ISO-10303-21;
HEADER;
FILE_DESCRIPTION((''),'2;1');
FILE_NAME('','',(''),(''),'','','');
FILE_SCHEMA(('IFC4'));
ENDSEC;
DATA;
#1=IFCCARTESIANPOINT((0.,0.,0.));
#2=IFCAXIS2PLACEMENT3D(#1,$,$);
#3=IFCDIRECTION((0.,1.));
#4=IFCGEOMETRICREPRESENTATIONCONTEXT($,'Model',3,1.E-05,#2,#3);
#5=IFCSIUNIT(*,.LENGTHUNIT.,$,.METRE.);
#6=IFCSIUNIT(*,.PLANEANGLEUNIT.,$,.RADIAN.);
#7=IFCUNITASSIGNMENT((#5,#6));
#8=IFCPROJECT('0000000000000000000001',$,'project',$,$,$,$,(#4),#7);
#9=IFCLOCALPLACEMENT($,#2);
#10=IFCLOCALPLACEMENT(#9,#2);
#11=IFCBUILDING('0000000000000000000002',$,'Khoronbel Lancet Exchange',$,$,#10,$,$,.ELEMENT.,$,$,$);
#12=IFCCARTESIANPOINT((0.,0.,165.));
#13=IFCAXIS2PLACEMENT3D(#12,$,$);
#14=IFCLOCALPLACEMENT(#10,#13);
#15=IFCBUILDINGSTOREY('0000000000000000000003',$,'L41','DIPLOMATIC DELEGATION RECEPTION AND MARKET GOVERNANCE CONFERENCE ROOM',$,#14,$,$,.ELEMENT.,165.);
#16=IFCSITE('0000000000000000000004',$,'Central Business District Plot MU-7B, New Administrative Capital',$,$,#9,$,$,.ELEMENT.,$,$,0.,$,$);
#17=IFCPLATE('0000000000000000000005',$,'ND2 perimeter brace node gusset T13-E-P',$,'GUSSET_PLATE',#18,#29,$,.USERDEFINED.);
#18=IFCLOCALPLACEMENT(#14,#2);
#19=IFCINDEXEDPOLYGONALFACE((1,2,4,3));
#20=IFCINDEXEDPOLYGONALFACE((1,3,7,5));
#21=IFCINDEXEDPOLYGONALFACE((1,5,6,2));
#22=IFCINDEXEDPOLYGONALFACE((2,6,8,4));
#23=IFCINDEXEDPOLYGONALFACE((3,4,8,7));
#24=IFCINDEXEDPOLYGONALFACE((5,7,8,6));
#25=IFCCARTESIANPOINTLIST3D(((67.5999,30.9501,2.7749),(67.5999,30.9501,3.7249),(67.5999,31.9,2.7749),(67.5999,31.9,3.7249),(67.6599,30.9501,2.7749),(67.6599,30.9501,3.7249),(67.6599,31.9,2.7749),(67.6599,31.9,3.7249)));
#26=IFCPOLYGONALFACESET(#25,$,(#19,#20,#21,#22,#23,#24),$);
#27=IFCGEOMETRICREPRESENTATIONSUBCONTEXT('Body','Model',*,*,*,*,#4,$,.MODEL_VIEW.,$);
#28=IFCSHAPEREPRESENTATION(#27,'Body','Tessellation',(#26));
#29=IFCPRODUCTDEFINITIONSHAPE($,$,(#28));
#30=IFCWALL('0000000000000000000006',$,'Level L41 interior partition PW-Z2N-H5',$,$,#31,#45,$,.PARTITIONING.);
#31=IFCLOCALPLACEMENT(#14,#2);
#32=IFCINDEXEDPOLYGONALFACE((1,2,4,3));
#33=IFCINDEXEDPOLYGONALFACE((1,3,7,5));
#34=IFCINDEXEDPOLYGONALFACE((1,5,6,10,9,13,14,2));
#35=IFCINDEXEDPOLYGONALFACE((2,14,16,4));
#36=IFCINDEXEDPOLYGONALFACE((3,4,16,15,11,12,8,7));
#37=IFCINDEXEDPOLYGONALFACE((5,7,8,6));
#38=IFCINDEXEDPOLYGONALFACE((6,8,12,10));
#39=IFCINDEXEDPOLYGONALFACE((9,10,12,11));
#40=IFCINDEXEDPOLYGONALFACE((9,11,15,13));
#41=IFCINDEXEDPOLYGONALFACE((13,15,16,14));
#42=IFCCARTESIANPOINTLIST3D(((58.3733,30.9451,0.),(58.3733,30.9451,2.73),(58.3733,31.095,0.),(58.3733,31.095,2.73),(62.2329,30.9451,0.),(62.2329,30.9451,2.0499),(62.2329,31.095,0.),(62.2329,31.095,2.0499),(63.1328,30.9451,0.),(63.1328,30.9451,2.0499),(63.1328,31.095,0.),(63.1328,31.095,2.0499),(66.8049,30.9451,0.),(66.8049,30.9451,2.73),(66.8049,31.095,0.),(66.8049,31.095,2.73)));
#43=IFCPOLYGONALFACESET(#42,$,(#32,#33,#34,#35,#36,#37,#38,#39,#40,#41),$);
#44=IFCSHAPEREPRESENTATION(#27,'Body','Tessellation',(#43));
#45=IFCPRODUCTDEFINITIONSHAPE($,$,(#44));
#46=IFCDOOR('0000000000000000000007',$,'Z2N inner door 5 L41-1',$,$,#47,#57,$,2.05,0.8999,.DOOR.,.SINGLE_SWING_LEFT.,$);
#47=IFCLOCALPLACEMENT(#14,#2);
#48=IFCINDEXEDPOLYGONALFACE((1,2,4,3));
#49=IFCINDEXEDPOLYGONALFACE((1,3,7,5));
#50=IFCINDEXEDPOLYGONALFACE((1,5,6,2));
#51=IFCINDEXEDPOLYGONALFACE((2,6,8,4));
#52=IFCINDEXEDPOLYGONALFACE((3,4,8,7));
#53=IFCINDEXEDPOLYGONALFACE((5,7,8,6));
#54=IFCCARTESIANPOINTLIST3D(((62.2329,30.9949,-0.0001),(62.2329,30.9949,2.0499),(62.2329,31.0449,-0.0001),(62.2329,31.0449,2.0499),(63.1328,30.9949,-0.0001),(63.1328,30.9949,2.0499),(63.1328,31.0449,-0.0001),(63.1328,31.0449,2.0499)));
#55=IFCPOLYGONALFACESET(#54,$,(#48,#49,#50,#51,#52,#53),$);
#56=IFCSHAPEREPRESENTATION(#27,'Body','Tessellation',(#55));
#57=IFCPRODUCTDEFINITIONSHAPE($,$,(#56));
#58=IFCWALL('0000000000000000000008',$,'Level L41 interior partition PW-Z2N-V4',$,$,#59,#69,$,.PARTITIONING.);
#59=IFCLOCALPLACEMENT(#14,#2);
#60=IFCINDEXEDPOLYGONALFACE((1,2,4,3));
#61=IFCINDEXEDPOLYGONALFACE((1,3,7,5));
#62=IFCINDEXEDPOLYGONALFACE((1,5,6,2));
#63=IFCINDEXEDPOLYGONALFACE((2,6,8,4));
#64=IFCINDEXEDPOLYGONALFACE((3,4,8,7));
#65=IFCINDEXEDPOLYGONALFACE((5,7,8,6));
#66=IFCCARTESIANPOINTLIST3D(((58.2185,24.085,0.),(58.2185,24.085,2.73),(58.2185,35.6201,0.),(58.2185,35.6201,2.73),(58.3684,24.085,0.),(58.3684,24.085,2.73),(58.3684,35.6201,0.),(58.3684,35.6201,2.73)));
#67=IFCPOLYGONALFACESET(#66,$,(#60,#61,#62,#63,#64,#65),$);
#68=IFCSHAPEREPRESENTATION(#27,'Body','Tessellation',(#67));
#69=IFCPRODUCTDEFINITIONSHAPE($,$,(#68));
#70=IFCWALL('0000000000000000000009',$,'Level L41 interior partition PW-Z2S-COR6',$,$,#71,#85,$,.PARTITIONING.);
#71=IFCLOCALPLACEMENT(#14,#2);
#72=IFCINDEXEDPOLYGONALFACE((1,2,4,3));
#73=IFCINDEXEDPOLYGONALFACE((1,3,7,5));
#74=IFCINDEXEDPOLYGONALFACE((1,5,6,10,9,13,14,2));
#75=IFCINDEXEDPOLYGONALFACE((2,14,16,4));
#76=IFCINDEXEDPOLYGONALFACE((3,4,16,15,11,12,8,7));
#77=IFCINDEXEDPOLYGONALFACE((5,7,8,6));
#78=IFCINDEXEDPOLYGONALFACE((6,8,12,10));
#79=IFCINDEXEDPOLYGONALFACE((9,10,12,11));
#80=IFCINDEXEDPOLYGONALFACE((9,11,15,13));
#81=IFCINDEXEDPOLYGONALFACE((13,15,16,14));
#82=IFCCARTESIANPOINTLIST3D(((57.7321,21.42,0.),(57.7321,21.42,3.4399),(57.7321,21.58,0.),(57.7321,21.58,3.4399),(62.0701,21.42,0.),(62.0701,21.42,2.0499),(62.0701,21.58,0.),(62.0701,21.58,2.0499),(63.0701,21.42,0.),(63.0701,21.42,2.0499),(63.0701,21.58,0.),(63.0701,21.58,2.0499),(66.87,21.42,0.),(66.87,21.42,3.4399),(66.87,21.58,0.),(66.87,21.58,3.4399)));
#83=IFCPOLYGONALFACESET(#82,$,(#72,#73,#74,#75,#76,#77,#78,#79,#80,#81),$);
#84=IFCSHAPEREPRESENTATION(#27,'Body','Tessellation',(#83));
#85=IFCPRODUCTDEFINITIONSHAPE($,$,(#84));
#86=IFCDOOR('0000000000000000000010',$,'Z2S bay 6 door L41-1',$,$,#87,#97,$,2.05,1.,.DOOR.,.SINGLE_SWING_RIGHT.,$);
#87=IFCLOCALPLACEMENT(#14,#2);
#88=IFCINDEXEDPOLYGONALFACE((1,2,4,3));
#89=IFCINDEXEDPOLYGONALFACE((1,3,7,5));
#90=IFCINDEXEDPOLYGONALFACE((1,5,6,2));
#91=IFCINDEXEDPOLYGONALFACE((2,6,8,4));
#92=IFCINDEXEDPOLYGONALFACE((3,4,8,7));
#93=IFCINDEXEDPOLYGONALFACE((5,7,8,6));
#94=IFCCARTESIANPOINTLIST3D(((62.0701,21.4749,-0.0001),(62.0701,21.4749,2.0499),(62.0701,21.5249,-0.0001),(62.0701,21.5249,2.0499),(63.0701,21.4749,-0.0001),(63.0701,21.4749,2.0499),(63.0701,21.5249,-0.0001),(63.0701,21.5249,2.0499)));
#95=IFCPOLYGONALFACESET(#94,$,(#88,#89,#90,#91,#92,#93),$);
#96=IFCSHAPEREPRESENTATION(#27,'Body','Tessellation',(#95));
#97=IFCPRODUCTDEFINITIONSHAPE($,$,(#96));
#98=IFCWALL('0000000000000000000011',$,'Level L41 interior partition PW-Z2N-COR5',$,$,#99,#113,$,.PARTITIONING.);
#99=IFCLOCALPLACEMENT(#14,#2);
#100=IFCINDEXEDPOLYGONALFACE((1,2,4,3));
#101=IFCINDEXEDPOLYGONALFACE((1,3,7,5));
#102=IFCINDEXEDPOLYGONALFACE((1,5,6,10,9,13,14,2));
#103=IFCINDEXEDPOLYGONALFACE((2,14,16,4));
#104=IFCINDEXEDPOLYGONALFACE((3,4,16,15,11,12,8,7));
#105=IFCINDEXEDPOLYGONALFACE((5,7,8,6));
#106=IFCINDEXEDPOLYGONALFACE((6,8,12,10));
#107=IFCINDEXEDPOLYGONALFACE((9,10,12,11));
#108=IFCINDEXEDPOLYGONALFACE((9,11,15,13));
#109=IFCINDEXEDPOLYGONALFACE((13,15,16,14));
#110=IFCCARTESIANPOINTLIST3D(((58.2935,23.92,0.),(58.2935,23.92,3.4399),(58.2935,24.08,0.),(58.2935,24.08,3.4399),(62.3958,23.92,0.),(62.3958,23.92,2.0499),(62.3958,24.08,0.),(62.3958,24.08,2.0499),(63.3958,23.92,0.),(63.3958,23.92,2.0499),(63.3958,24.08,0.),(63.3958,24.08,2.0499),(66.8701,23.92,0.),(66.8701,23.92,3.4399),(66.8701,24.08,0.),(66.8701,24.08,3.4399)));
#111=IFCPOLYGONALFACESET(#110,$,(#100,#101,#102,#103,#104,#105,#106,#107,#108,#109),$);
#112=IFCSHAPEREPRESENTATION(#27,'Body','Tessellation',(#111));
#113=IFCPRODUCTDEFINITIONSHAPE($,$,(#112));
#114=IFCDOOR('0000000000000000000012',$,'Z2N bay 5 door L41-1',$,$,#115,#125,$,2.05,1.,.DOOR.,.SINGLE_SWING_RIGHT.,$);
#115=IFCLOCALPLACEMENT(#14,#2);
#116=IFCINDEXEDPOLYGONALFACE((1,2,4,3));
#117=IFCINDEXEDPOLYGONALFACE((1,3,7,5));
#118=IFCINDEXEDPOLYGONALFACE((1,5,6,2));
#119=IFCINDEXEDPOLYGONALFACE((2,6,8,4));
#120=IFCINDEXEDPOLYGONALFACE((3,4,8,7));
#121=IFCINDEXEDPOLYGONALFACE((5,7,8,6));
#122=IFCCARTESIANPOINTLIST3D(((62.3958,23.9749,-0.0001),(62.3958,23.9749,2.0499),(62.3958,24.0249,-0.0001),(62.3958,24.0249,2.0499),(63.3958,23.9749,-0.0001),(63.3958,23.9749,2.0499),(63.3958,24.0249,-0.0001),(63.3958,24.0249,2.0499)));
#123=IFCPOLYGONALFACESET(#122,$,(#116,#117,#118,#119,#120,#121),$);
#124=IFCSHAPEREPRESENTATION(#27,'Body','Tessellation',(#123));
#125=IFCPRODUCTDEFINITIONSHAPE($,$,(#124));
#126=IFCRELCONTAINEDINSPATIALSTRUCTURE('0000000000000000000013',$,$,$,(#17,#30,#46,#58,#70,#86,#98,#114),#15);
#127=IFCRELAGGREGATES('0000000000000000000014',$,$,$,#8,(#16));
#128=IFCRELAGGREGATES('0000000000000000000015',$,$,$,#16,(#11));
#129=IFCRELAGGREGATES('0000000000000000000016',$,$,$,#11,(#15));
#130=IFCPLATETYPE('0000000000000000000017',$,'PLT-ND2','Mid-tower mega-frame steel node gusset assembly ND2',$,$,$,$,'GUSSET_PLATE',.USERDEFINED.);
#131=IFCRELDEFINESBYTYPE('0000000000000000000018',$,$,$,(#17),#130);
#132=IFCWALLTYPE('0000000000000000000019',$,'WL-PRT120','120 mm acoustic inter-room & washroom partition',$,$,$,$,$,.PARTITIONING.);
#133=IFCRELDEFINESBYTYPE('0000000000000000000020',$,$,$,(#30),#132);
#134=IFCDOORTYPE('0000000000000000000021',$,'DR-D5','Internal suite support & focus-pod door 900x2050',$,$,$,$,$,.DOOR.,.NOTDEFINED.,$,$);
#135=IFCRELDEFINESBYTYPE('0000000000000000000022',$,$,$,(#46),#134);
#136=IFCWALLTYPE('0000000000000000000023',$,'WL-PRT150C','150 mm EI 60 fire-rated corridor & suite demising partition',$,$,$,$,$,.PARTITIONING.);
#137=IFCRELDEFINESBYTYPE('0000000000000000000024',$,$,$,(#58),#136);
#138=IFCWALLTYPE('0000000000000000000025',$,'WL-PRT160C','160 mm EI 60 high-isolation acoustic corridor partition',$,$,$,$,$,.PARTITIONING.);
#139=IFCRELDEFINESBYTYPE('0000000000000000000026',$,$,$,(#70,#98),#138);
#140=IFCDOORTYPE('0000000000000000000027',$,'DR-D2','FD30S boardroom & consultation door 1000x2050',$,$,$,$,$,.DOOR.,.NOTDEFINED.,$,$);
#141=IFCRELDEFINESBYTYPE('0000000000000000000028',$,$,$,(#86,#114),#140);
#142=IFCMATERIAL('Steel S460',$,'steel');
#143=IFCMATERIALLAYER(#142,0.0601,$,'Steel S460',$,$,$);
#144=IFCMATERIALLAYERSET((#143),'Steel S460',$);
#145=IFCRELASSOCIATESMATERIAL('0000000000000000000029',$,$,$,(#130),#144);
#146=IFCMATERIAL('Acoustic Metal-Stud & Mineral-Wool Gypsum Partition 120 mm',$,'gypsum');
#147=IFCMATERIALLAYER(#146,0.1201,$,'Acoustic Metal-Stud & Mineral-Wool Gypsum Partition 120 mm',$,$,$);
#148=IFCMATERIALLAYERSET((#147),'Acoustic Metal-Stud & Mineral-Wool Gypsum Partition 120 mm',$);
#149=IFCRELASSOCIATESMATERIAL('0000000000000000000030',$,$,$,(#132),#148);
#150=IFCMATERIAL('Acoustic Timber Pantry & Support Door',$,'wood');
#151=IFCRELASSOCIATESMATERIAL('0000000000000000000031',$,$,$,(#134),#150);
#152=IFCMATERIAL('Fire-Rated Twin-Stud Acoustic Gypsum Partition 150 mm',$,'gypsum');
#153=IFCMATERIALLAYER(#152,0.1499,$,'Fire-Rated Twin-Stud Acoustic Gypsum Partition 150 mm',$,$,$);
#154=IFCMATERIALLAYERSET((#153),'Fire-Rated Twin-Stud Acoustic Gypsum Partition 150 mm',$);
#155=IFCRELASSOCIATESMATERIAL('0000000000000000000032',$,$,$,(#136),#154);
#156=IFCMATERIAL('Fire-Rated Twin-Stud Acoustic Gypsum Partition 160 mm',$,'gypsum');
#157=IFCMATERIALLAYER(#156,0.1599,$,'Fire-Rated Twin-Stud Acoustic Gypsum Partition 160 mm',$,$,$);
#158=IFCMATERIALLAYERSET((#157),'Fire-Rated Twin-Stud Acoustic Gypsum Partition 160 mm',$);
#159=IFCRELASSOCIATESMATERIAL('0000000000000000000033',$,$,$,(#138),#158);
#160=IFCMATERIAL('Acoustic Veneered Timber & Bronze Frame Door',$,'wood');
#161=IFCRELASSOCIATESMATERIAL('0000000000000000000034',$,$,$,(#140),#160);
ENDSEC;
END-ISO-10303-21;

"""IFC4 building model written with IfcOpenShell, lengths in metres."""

from ifc_helpers import new_model, si_unit, direction, frame, frame_2d, origin, origin_2d, place, context, subcontext, project, spatial, rectangle, extrude, material, layer, layer_set, type_object, element, fill, save


model = new_model("IFC4")

# Units and contexts
model_context = context("Model", 3, precision=1e-05, world=origin(), true_north=direction((0.0, 1.0)))
body_context = subcontext(model_context, "Body", "Model", "MODEL_VIEW")
ifc_project = project(units=[si_unit("LENGTHUNIT", "METRE"), si_unit("PLANEANGLEUNIT", "RADIAN")], contexts=[model_context])

# Site, building, storey
site_placement = place(None, origin())
site = spatial("IfcSite", under=ifc_project, at=site_placement, Name="Central Business District Plot MU-7B, New Administrative Capital", CompositionType="ELEMENT", RefElevation=0.0)
building_placement = place(site_placement, origin())
building = spatial("IfcBuilding", under=site, at=building_placement, Name="Khoronbel Lancet Exchange", CompositionType="ELEMENT")
storey_placement = place(building_placement, frame((0.0, 0.0, 165.0)))
storey = spatial("IfcBuildingStorey", under=building, at=storey_placement, Name="L41", Description="DIPLOMATIC DELEGATION RECEPTION AND MARKET GOVERNANCE CONFERENCE ROOM", CompositionType="ELEMENT", Elevation=165.0)

# Plate
ifc_material_1 = material(Name="Steel S460", Category="steel")
ifc_layer_1 = layer(ifc_material_1, 0.0601, Name="Steel S460")
ifc_layer_set_1 = layer_set([ifc_layer_1], Name="Steel S460")
plate_type_1 = type_object("IfcPlateType", Name="PLT-ND2", Description="Mid-tower mega-frame steel node gusset assembly ND2", ElementType="GUSSET_PLATE", PredefinedType="USERDEFINED", material=ifc_layer_set_1)
plate_1_placement = place(storey_placement, frame((67.6299, 31.425, 2.7749), z_axis=(0.0, 0.0, 1.0), x_axis=(0.0, 1.0, 0.0)))
element("IfcPlate", 1, at=plate_1_placement, inside=storey, type_object=plate_type_1, Name="ND2 perimeter brace node gusset T13-E-P", ObjectType="GUSSET_PLATE", PredefinedType="USERDEFINED", context=body_context, shape_type="SweptSolid", body=[
    extrude(rectangle(XDim=0.95, YDim=0.0601, at=origin_2d()), origin(), (0.0, 0.0, 1.0), 0.95),
])

# Wall, opening, door
ifc_material_2 = material(Name="Acoustic Metal-Stud & Mineral-Wool Gypsum Partition 120 mm", Category="gypsum")
ifc_layer_2 = layer(ifc_material_2, 0.1201, Name="Acoustic Metal-Stud & Mineral-Wool Gypsum Partition 120 mm")
ifc_layer_set_2 = layer_set([ifc_layer_2], Name="Acoustic Metal-Stud & Mineral-Wool Gypsum Partition 120 mm")
wall_type_1 = type_object("IfcWallType", Name="WL-PRT120", Description="120 mm acoustic inter-room & washroom partition", PredefinedType="PARTITIONING", material=ifc_layer_set_2)
wall_1_placement = place(storey_placement, frame((58.3733, 31.02, 0.0), z_axis=(0.0, 0.0, 1.0), x_axis=(1.0, 0.0, 0.0)))
wall_1 = element("IfcWall", 2, at=wall_1_placement, inside=storey, type_object=wall_type_1, Name="Level L41 interior partition PW-Z2N-H5", PredefinedType="PARTITIONING", context=body_context, shape_type="SweptSolid", body=[
    extrude(rectangle(XDim=8.4316, YDim=0.1499, at=frame_2d((4.2158, 0.0))), origin(), (0.0, 0.0, 1.0), 2.73),
])
opening_1_placement = place(wall_1_placement, frame((3.8596, 0.0, 0.0)))
opening_1 = element("IfcOpeningElement", 3, at=opening_1_placement, cuts=wall_1, PredefinedType="OPENING", context=body_context, shape_type="SweptSolid", body=[
    extrude(rectangle(XDim=0.8999, YDim=2.05, at=frame_2d((0.45, 1.0249))), frame((0.0, 0.085, 0.0), z_axis=(0.0, -1.0, 0.0), x_axis=(1.0, 0.0, 0.0)), (0.0, 0.0, 1.0), 0.1699),
])
ifc_material_3 = material(Name="Acoustic Timber Pantry & Support Door", Category="wood")
door_type_1 = type_object("IfcDoorType", Name="DR-D5", Description="Internal suite support & focus-pod door 900x2050", OperationType="NOTDEFINED", PredefinedType="DOOR", material=ifc_material_3)
door_1_placement = place(opening_1_placement, origin())
door_1 = element("IfcDoor", 4, at=door_1_placement, inside=storey, type_object=door_type_1, Name="Z2N inner door 5 L41-1", OperationType="SINGLE_SWING_LEFT", OverallHeight=2.05, OverallWidth=0.8999, PredefinedType="DOOR", context=body_context, shape_type="SweptSolid", body=[
    extrude(rectangle(XDim=0.8999, YDim=2.05, at=frame_2d((0.45, 1.0249))), frame((0.0, 0.0249, 0.0), z_axis=(0.0, -1.0, 0.0), x_axis=(1.0, 0.0, 0.0)), (0.0, 0.0, 1.0), 0.05),
])
fill(opening_1, door_1)

# Wall
ifc_material_4 = material(Name="Fire-Rated Twin-Stud Acoustic Gypsum Partition 150 mm", Category="gypsum")
ifc_layer_3 = layer(ifc_material_4, 0.1499, Name="Fire-Rated Twin-Stud Acoustic Gypsum Partition 150 mm")
ifc_layer_set_3 = layer_set([ifc_layer_3], Name="Fire-Rated Twin-Stud Acoustic Gypsum Partition 150 mm")
wall_type_2 = type_object("IfcWallType", Name="WL-PRT150C", Description="150 mm EI 60 fire-rated corridor & suite demising partition", PredefinedType="PARTITIONING", material=ifc_layer_set_3)
wall_2_placement = place(storey_placement, frame((58.2935, 24.085, 0.0), z_axis=(0.0, 0.0, 1.0), x_axis=(0.0, 1.0, 0.0)))
element("IfcWall", 5, at=wall_2_placement, inside=storey, type_object=wall_type_2, Name="Level L41 interior partition PW-Z2N-V4", PredefinedType="PARTITIONING", context=body_context, shape_type="SweptSolid", body=[
    extrude(rectangle(XDim=11.5352, YDim=0.1499, at=frame_2d((5.7676, 0.0))), origin(), (0.0, 0.0, 1.0), 2.73),
])

# Walls, openings, doors
ifc_material_5 = material(Name="Fire-Rated Twin-Stud Acoustic Gypsum Partition 160 mm", Category="gypsum")
ifc_layer_4 = layer(ifc_material_5, 0.1599, Name="Fire-Rated Twin-Stud Acoustic Gypsum Partition 160 mm")
ifc_layer_set_4 = layer_set([ifc_layer_4], Name="Fire-Rated Twin-Stud Acoustic Gypsum Partition 160 mm")
wall_type_3 = type_object("IfcWallType", Name="WL-PRT160C", Description="160 mm EI 60 high-isolation acoustic corridor partition", PredefinedType="PARTITIONING", material=ifc_layer_set_4)
wall_3_placement = place(storey_placement, frame((57.7322, 21.5, 0.0), z_axis=(0.0, 0.0, 1.0), x_axis=(1.0, 0.0, 0.0)))
wall_3 = element("IfcWall", 6, at=wall_3_placement, inside=storey, type_object=wall_type_3, Name="Level L41 interior partition PW-Z2S-COR6", PredefinedType="PARTITIONING", context=body_context, shape_type="SweptSolid", body=[
    extrude(rectangle(XDim=9.1379, YDim=0.1599, at=frame_2d((4.5688, 0.0))), origin(), (0.0, 0.0, 1.0), 3.4399),
])
opening_2_placement = place(wall_3_placement, frame((4.3379, 0.0, 0.0)))
opening_2 = element("IfcOpeningElement", 7, at=opening_2_placement, cuts=wall_3, PredefinedType="OPENING", context=body_context, shape_type="SweptSolid", body=[
    extrude(rectangle(XDim=1.0, YDim=2.05, at=frame_2d((0.5, 1.0249))), frame((0.0, 0.0898, 0.0), z_axis=(0.0, -1.0, 0.0), x_axis=(1.0, 0.0, 0.0)), (0.0, 0.0, 1.0), 0.1799),
])
ifc_material_6 = material(Name="Acoustic Veneered Timber & Bronze Frame Door", Category="wood")
door_type_2 = type_object("IfcDoorType", Name="DR-D2", Description="FD30S boardroom & consultation door 1000x2050", OperationType="NOTDEFINED", PredefinedType="DOOR", material=ifc_material_6)
door_2_placement = place(opening_2_placement, origin())
door_2 = element("IfcDoor", 8, at=door_2_placement, inside=storey, type_object=door_type_2, Name="Z2S bay 6 door L41-1", OperationType="SINGLE_SWING_RIGHT", OverallHeight=2.05, OverallWidth=1.0, PredefinedType="DOOR", context=body_context, shape_type="SweptSolid", body=[
    extrude(rectangle(XDim=1.0, YDim=2.05, at=frame_2d((0.5, 1.0249))), frame((0.0, 0.0249, 0.0), z_axis=(0.0, -1.0, 0.0), x_axis=(1.0, 0.0, 0.0)), (0.0, 0.0, 1.0), 0.05),
])
fill(opening_2, door_2)
wall_4_placement = place(storey_placement, frame((58.2935, 24.0, 0.0), z_axis=(0.0, 0.0, 1.0), x_axis=(1.0, 0.0, 0.0)))
wall_4 = element("IfcWall", 9, at=wall_4_placement, inside=storey, type_object=wall_type_3, Name="Level L41 interior partition PW-Z2N-COR5", PredefinedType="PARTITIONING", context=body_context, shape_type="SweptSolid", body=[
    extrude(rectangle(XDim=8.5767, YDim=0.1599, at=frame_2d((4.2883, 0.0))), origin(), (0.0, 0.0, 1.0), 3.4399),
])
opening_3_placement = place(wall_4_placement, frame((4.1023, 0.0, 0.0)))
opening_3 = element("IfcOpeningElement", 10, at=opening_3_placement, cuts=wall_4, PredefinedType="OPENING", context=body_context, shape_type="SweptSolid", body=[
    extrude(rectangle(XDim=1.0, YDim=2.05, at=frame_2d((0.5, 1.0249))), frame((0.0, 0.0898, 0.0), z_axis=(0.0, -1.0, 0.0), x_axis=(1.0, 0.0, 0.0)), (0.0, 0.0, 1.0), 0.1799),
])
door_3_placement = place(opening_3_placement, origin())
door_3 = element("IfcDoor", 11, at=door_3_placement, inside=storey, type_object=door_type_2, Name="Z2N bay 5 door L41-1", OperationType="SINGLE_SWING_RIGHT", OverallHeight=2.05, OverallWidth=1.0, PredefinedType="DOOR", context=body_context, shape_type="SweptSolid", body=[
    extrude(rectangle(XDim=1.0, YDim=2.05, at=frame_2d((0.5, 1.0249))), frame((0.0, 0.0249, 0.0), z_axis=(0.0, -1.0, 0.0), x_axis=(1.0, 0.0, 0.0)), (0.0, 0.0, 1.0), 0.05),
])
fill(opening_3, door_3)

save(model, "model.ifc")
